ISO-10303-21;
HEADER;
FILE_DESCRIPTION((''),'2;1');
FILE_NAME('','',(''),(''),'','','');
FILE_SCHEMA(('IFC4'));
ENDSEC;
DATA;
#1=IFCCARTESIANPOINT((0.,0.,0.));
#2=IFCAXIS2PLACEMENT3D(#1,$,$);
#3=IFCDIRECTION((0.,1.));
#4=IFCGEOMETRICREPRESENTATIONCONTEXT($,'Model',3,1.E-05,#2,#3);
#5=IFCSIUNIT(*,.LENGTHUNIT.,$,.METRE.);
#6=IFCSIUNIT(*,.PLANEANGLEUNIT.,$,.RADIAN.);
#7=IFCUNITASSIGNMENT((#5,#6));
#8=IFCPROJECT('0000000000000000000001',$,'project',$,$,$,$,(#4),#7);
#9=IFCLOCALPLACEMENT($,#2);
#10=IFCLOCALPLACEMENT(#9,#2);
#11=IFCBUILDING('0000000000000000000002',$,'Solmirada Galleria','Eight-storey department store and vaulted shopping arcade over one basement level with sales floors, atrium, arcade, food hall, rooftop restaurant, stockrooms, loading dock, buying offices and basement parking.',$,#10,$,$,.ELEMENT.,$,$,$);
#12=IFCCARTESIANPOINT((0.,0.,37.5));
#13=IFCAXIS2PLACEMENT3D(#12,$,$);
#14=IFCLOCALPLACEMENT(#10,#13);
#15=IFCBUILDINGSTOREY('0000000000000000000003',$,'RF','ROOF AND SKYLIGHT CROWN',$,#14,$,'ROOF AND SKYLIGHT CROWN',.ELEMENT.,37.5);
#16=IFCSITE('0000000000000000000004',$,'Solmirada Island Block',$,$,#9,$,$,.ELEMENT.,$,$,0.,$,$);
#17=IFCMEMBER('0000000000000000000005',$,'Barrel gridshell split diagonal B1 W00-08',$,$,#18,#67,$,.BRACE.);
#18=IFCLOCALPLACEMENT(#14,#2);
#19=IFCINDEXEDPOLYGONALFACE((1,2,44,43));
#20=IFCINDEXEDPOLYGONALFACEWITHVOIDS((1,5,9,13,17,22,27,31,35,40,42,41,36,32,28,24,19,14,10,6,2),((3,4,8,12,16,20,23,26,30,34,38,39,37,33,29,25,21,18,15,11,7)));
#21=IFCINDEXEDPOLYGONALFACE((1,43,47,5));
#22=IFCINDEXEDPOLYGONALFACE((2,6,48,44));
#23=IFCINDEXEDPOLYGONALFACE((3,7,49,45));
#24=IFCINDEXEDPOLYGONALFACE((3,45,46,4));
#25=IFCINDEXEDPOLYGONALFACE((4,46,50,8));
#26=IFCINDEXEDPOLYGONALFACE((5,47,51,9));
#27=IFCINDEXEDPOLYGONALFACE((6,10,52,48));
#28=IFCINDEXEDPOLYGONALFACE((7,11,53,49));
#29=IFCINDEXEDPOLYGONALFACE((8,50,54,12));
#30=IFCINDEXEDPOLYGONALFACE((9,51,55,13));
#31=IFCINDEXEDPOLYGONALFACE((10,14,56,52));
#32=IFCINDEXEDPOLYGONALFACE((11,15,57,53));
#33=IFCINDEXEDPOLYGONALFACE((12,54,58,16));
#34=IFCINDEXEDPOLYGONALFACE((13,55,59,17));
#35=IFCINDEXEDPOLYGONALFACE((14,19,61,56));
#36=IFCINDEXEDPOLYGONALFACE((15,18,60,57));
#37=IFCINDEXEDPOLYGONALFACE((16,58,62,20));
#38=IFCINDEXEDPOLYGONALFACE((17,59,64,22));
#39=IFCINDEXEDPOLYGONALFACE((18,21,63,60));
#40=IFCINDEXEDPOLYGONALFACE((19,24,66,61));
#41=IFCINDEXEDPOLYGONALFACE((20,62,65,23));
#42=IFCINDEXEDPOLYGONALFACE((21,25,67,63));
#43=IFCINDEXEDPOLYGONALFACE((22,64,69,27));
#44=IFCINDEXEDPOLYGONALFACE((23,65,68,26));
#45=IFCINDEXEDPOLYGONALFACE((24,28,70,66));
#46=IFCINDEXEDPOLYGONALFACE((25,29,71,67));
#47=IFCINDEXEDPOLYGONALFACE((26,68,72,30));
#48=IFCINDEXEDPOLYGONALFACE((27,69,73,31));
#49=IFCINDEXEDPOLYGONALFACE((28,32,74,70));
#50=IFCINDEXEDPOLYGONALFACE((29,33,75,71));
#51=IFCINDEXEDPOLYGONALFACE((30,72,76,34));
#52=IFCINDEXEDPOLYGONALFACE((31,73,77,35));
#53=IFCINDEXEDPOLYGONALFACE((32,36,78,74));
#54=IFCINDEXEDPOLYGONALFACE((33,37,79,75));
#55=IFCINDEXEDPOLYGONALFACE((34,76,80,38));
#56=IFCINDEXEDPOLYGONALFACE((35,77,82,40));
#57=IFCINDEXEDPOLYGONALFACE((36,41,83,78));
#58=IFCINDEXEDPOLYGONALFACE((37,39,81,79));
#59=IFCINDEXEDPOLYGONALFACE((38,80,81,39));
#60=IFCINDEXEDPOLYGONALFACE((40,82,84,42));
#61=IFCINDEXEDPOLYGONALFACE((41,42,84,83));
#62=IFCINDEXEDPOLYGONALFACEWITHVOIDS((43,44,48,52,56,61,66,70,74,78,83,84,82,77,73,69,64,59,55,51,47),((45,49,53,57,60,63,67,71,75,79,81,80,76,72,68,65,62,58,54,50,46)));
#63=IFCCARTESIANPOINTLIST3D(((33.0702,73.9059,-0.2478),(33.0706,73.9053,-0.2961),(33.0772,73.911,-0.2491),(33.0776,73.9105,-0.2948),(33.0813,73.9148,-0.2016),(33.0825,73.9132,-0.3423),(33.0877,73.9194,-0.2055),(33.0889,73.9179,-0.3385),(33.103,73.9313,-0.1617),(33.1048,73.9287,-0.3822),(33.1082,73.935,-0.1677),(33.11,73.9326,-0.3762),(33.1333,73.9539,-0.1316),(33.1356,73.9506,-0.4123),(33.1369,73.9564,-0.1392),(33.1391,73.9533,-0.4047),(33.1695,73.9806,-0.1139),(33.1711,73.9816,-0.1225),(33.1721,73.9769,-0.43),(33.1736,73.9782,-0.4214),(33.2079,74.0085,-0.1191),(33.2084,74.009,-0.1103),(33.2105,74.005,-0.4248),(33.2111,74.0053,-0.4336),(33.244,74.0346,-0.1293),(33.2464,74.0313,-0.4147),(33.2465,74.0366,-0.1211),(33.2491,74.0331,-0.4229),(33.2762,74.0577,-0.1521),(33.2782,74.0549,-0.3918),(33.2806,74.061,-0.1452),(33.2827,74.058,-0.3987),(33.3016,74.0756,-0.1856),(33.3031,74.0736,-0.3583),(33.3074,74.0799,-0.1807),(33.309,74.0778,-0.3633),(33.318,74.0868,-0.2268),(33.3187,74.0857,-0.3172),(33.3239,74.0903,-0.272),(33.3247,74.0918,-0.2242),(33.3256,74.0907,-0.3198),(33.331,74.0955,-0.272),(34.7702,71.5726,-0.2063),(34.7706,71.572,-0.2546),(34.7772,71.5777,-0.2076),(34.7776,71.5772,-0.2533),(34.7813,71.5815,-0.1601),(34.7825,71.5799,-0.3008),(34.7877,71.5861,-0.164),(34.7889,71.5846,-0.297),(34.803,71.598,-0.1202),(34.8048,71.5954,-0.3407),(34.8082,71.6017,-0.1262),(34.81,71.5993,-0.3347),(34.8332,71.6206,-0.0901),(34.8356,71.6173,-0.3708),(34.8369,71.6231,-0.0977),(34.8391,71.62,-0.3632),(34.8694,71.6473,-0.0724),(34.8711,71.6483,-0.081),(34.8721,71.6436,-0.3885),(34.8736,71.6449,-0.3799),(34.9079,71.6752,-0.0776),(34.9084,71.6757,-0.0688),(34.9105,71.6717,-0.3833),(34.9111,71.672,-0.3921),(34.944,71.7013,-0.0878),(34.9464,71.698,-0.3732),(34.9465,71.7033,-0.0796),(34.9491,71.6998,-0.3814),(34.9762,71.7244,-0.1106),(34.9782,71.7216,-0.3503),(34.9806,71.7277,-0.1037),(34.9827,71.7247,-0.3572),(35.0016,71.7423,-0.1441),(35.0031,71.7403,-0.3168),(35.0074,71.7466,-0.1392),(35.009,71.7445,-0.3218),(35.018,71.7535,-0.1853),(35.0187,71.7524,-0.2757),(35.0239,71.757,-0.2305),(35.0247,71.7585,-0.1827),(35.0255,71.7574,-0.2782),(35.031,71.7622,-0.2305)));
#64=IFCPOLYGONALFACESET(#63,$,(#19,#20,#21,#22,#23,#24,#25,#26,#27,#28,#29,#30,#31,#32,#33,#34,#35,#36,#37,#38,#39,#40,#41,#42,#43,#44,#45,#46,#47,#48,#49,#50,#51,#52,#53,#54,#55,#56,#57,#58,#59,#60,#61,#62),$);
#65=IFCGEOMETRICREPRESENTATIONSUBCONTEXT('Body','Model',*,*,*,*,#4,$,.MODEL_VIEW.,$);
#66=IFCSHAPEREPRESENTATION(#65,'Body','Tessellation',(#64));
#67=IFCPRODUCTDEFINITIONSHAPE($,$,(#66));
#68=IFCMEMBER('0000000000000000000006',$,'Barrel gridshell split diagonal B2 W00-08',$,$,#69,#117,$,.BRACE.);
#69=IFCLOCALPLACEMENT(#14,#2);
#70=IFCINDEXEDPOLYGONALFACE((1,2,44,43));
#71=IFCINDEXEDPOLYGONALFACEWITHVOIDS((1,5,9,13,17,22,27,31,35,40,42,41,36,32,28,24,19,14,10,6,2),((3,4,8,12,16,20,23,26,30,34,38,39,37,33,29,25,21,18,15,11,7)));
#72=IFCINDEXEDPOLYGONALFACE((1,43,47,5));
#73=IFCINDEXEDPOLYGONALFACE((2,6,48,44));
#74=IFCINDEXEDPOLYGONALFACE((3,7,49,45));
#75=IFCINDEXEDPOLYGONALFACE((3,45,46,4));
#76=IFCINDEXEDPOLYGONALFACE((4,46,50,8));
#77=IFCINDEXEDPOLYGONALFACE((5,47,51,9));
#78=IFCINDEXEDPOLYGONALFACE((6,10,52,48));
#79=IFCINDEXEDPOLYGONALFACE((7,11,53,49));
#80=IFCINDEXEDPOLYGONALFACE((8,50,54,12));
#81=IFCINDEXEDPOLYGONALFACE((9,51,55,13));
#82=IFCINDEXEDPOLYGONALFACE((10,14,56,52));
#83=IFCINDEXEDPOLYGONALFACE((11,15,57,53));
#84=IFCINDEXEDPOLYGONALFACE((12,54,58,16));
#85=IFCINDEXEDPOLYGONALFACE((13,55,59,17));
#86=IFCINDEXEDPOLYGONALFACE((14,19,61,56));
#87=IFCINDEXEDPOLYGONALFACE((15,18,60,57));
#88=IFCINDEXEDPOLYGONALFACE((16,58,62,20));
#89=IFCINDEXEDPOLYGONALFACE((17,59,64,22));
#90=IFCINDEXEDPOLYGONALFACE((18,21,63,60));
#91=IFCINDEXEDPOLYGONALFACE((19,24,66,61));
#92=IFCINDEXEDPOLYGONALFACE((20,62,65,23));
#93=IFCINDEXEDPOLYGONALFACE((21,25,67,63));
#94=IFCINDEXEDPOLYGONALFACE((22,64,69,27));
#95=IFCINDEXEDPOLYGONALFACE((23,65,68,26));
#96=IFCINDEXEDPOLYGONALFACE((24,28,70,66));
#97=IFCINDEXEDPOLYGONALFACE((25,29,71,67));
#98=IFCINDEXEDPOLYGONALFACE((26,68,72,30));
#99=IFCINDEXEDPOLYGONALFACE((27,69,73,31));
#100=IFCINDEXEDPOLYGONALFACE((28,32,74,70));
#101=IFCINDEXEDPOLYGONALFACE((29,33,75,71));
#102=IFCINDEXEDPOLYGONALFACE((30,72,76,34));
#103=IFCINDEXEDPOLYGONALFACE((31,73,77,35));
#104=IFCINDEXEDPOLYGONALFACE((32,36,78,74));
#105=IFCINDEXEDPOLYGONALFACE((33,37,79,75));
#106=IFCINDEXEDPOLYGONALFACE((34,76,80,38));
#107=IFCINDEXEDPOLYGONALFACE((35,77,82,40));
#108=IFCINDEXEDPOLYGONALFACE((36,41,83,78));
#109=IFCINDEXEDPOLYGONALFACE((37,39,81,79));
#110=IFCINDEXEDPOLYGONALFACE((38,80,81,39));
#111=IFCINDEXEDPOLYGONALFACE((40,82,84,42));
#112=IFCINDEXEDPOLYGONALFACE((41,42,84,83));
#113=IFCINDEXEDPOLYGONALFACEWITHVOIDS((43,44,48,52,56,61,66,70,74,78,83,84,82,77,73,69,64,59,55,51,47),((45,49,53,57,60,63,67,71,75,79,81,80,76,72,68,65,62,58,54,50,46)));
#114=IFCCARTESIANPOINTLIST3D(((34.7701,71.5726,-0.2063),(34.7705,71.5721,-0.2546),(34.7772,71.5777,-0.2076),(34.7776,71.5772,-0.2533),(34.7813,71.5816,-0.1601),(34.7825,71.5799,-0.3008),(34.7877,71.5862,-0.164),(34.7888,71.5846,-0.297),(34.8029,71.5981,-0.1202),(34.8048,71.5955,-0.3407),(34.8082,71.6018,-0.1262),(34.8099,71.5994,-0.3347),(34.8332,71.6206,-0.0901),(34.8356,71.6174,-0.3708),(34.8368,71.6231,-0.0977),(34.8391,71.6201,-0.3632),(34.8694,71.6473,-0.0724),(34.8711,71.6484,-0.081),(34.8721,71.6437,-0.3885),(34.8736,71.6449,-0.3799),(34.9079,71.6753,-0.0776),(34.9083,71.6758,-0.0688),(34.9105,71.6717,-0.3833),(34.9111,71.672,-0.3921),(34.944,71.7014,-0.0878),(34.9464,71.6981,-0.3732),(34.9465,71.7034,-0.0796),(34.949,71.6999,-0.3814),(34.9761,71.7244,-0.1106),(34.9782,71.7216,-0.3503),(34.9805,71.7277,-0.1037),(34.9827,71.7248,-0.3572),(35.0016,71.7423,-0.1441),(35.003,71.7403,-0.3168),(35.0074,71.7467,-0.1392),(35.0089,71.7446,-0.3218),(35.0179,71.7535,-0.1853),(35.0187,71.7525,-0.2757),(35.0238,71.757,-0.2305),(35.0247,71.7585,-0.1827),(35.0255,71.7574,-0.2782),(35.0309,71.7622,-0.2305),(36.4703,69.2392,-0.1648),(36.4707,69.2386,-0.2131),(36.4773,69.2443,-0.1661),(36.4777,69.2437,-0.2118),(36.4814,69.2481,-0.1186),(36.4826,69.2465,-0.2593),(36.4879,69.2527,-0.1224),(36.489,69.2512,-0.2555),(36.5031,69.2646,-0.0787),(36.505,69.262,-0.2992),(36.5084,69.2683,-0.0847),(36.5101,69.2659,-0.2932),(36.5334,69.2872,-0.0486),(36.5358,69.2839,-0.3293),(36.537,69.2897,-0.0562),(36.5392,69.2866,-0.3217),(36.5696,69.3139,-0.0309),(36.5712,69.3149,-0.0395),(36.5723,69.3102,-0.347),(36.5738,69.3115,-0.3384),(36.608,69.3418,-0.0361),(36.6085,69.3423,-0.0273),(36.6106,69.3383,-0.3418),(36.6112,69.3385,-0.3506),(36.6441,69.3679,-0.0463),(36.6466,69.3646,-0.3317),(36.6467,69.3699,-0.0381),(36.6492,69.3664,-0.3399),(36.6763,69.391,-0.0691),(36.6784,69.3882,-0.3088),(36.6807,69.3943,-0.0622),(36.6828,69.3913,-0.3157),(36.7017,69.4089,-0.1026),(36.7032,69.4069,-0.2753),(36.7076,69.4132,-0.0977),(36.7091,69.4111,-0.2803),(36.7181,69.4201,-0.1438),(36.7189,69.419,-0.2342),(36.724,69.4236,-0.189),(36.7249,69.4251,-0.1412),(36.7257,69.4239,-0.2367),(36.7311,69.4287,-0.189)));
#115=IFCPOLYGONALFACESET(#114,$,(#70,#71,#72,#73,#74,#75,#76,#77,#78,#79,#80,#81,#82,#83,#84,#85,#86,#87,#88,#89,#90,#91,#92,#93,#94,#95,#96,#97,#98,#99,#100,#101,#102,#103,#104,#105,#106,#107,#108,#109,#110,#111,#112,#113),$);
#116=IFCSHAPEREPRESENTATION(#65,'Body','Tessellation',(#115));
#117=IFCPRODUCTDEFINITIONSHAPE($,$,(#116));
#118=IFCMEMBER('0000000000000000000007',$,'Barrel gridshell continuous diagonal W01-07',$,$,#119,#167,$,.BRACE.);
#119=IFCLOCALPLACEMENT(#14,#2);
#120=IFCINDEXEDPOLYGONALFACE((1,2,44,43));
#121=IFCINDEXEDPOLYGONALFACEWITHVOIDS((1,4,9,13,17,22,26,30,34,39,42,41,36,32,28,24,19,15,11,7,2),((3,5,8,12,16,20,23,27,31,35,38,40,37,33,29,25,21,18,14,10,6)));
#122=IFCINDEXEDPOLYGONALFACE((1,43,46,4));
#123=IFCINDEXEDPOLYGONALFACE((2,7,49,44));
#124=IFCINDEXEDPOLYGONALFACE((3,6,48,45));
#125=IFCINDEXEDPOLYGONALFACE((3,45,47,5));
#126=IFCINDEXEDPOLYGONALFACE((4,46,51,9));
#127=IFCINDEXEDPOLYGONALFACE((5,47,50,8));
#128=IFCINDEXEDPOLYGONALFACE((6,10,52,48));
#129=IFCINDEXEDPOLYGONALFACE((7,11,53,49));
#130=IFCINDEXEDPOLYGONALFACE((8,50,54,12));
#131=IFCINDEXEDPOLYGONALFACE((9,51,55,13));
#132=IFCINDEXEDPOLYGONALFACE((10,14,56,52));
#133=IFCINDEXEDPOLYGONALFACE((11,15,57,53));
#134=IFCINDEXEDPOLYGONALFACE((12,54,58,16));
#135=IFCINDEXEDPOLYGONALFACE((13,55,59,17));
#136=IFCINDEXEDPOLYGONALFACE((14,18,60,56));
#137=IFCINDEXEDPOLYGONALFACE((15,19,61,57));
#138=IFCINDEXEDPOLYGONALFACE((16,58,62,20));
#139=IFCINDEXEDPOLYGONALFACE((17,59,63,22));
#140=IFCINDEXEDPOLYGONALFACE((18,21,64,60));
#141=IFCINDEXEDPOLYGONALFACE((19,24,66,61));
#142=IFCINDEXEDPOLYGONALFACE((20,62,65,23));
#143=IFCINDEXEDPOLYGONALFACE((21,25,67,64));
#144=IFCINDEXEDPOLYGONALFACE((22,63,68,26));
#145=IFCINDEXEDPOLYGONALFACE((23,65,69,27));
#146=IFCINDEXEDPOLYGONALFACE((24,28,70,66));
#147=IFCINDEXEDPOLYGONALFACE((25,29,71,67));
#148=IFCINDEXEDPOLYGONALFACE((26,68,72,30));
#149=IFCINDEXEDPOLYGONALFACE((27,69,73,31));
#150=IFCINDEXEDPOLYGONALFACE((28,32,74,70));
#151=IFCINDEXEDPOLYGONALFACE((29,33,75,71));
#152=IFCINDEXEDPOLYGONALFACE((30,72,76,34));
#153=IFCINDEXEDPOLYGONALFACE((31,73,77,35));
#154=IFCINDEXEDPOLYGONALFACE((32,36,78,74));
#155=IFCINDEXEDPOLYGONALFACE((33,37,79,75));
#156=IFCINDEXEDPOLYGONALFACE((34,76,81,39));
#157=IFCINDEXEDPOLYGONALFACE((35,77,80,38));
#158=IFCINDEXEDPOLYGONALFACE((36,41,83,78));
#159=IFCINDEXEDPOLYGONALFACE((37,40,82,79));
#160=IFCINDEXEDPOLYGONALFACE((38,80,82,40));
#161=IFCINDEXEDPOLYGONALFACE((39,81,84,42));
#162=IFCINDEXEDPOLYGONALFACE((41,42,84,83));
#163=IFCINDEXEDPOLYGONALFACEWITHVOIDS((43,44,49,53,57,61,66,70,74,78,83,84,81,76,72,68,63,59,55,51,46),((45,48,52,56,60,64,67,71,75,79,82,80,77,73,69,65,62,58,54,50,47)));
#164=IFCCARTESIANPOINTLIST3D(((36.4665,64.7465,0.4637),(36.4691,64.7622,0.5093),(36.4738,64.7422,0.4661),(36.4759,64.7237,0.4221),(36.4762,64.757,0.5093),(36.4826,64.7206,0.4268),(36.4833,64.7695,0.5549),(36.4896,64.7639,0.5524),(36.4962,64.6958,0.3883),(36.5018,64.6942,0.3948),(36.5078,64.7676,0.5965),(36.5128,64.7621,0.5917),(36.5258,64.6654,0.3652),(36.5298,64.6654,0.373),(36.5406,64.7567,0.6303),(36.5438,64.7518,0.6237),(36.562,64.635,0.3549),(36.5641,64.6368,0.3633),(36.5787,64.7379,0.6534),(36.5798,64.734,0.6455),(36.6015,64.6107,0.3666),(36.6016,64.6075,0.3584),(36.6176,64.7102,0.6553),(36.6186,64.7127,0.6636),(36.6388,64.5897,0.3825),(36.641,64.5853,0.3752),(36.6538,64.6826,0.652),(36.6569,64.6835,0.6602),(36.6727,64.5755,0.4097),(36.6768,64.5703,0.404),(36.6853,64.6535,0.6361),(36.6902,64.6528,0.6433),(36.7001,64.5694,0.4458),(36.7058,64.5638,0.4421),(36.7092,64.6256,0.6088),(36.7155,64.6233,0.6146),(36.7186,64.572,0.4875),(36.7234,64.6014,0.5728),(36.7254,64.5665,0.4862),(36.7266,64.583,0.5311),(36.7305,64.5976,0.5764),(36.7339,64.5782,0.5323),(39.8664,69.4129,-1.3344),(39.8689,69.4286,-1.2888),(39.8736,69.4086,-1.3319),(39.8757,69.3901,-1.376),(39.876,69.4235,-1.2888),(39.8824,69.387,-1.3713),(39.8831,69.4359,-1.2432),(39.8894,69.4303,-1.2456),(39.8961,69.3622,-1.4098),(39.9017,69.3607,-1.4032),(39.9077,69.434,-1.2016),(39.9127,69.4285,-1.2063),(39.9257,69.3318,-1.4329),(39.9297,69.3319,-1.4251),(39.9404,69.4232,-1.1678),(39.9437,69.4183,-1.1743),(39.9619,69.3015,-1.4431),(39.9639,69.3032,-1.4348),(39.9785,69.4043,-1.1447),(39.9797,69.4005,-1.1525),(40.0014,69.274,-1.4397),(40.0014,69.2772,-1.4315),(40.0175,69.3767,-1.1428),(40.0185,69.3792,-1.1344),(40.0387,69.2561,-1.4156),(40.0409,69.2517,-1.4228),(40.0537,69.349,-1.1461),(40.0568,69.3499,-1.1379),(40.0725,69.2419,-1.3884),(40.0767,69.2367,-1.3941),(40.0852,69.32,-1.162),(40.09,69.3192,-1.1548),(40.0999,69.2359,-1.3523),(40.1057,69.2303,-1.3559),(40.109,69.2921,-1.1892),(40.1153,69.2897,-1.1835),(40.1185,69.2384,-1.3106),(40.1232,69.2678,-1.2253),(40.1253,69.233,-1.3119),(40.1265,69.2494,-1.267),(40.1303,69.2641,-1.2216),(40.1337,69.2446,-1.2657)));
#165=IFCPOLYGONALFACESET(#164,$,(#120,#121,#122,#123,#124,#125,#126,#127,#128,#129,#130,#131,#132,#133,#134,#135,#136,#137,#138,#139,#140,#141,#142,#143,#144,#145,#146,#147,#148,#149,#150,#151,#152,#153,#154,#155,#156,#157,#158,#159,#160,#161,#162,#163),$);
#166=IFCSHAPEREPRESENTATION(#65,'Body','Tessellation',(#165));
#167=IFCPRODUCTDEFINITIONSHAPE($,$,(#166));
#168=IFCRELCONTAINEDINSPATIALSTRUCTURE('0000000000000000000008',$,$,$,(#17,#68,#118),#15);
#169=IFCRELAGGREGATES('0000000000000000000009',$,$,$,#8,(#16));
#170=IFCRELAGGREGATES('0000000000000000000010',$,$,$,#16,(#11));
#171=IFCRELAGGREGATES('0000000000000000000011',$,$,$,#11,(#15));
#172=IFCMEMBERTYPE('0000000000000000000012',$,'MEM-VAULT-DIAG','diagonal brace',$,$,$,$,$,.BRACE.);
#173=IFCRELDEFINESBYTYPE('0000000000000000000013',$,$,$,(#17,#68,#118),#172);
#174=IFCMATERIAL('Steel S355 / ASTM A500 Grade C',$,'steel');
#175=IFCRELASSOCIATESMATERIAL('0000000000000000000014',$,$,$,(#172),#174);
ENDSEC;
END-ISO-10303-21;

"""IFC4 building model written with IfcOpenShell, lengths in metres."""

from ifc_helpers import new_model, si_unit, direction, frame, origin, origin_2d, place, context, subcontext, project, spatial, hollow_circle, extrude, material, material_profile, profile_set, type_object, element, save


model = new_model("IFC4")

# Units and contexts
model_context = context("Model", 3, precision=1e-05, world=origin(), true_north=direction((0.0, 1.0)))
body_context = subcontext(model_context, "Body", "Model", "MODEL_VIEW")
ifc_project = project(units=[si_unit("LENGTHUNIT", "METRE"), si_unit("PLANEANGLEUNIT", "RADIAN")], contexts=[model_context])

# Site, building, storey
site_placement = place(None, origin())
site = spatial("IfcSite", under=ifc_project, at=site_placement, Name="Solmirada Island Block", CompositionType="ELEMENT", RefElevation=0.0)
building_placement = place(site_placement, origin())
building = spatial("IfcBuilding", under=site, at=building_placement, Name="Solmirada Galleria", Description="Eight-storey department store and vaulted shopping arcade over one basement level with sales floors, atrium, arcade, food hall, rooftop restaurant, stockrooms, loading dock, buying offices and basement parking.", CompositionType="ELEMENT")
storey_placement = place(building_placement, frame((0.0, 0.0, 37.5)))
storey = spatial("IfcBuildingStorey", under=building, at=storey_placement, Name="RF", Description="ROOF AND SKYLIGHT CROWN", LongName="ROOF AND SKYLIGHT CROWN", CompositionType="ELEMENT", Elevation=37.5)

# Members
ifc_material_1 = material(Name="Steel S355 / ASTM A500 Grade C", Category="steel")
ifc_material_profile_1 = material_profile(ifc_material_1, hollow_circle(Radius=0.1621, WallThickness=0.0088, at=origin_2d()), Name="HSS12.750X0.375")
ifc_profile_set_1 = profile_set([ifc_material_profile_1], Name="Steel S355 / ASTM A500 Grade C")
member_type_1 = type_object("IfcMemberType", Name="MEM-VAULT-DIAG", Description="diagonal brace", PredefinedType="BRACE", material=ifc_profile_set_1)
member_1_placement = place(storey_placement, frame((33.2, 74.0, -0.272), z_axis=(0.5888, -0.808151, 0.014375), x_axis=(0.808235, 0.58886, 0.0)))
element("IfcMember", 1, at=member_1_placement, inside=storey, type_object=member_type_1, Name="Barrel gridshell split diagonal B1 W00-08", PredefinedType="BRACE", context=body_context, shape_type="SweptSolid", body=[
    extrude(hollow_circle(Radius=0.1621, WallThickness=0.0088, at=origin_2d()), origin(), (0.0, 0.0, 1.0), 2.8872),
])
member_2_placement = place(storey_placement, frame((34.8999, 71.6667, -0.2305), z_axis=(0.588815, -0.80814, 0.014374), x_axis=(0.808224, 0.588875, 0.0)))
element("IfcMember", 2, at=member_2_placement, inside=storey, type_object=member_type_1, Name="Barrel gridshell split diagonal B2 W00-08", PredefinedType="BRACE", context=body_context, shape_type="SweptSolid", body=[
    extrude(hollow_circle(Radius=0.1621, WallThickness=0.0088, at=origin_2d()), origin(), (0.0, 0.0, 1.0), 2.8875),
])
member_3_placement = place(storey_placement, frame((36.6001, 64.6667, 0.5093), z_axis=(0.562227, 0.771679, -0.297343), x_axis=(-0.808235, 0.58886, 0.0)))
element("IfcMember", 3, at=member_3_placement, inside=storey, type_object=member_type_1, Name="Barrel gridshell continuous diagonal W01-07", PredefinedType="BRACE", context=body_context, shape_type="SweptSolid", body=[
    extrude(hollow_circle(Radius=0.1621, WallThickness=0.0088, at=origin_2d()), origin(), (0.0, 0.0, 1.0), 6.0471),
])

save(model, "model.ifc")
